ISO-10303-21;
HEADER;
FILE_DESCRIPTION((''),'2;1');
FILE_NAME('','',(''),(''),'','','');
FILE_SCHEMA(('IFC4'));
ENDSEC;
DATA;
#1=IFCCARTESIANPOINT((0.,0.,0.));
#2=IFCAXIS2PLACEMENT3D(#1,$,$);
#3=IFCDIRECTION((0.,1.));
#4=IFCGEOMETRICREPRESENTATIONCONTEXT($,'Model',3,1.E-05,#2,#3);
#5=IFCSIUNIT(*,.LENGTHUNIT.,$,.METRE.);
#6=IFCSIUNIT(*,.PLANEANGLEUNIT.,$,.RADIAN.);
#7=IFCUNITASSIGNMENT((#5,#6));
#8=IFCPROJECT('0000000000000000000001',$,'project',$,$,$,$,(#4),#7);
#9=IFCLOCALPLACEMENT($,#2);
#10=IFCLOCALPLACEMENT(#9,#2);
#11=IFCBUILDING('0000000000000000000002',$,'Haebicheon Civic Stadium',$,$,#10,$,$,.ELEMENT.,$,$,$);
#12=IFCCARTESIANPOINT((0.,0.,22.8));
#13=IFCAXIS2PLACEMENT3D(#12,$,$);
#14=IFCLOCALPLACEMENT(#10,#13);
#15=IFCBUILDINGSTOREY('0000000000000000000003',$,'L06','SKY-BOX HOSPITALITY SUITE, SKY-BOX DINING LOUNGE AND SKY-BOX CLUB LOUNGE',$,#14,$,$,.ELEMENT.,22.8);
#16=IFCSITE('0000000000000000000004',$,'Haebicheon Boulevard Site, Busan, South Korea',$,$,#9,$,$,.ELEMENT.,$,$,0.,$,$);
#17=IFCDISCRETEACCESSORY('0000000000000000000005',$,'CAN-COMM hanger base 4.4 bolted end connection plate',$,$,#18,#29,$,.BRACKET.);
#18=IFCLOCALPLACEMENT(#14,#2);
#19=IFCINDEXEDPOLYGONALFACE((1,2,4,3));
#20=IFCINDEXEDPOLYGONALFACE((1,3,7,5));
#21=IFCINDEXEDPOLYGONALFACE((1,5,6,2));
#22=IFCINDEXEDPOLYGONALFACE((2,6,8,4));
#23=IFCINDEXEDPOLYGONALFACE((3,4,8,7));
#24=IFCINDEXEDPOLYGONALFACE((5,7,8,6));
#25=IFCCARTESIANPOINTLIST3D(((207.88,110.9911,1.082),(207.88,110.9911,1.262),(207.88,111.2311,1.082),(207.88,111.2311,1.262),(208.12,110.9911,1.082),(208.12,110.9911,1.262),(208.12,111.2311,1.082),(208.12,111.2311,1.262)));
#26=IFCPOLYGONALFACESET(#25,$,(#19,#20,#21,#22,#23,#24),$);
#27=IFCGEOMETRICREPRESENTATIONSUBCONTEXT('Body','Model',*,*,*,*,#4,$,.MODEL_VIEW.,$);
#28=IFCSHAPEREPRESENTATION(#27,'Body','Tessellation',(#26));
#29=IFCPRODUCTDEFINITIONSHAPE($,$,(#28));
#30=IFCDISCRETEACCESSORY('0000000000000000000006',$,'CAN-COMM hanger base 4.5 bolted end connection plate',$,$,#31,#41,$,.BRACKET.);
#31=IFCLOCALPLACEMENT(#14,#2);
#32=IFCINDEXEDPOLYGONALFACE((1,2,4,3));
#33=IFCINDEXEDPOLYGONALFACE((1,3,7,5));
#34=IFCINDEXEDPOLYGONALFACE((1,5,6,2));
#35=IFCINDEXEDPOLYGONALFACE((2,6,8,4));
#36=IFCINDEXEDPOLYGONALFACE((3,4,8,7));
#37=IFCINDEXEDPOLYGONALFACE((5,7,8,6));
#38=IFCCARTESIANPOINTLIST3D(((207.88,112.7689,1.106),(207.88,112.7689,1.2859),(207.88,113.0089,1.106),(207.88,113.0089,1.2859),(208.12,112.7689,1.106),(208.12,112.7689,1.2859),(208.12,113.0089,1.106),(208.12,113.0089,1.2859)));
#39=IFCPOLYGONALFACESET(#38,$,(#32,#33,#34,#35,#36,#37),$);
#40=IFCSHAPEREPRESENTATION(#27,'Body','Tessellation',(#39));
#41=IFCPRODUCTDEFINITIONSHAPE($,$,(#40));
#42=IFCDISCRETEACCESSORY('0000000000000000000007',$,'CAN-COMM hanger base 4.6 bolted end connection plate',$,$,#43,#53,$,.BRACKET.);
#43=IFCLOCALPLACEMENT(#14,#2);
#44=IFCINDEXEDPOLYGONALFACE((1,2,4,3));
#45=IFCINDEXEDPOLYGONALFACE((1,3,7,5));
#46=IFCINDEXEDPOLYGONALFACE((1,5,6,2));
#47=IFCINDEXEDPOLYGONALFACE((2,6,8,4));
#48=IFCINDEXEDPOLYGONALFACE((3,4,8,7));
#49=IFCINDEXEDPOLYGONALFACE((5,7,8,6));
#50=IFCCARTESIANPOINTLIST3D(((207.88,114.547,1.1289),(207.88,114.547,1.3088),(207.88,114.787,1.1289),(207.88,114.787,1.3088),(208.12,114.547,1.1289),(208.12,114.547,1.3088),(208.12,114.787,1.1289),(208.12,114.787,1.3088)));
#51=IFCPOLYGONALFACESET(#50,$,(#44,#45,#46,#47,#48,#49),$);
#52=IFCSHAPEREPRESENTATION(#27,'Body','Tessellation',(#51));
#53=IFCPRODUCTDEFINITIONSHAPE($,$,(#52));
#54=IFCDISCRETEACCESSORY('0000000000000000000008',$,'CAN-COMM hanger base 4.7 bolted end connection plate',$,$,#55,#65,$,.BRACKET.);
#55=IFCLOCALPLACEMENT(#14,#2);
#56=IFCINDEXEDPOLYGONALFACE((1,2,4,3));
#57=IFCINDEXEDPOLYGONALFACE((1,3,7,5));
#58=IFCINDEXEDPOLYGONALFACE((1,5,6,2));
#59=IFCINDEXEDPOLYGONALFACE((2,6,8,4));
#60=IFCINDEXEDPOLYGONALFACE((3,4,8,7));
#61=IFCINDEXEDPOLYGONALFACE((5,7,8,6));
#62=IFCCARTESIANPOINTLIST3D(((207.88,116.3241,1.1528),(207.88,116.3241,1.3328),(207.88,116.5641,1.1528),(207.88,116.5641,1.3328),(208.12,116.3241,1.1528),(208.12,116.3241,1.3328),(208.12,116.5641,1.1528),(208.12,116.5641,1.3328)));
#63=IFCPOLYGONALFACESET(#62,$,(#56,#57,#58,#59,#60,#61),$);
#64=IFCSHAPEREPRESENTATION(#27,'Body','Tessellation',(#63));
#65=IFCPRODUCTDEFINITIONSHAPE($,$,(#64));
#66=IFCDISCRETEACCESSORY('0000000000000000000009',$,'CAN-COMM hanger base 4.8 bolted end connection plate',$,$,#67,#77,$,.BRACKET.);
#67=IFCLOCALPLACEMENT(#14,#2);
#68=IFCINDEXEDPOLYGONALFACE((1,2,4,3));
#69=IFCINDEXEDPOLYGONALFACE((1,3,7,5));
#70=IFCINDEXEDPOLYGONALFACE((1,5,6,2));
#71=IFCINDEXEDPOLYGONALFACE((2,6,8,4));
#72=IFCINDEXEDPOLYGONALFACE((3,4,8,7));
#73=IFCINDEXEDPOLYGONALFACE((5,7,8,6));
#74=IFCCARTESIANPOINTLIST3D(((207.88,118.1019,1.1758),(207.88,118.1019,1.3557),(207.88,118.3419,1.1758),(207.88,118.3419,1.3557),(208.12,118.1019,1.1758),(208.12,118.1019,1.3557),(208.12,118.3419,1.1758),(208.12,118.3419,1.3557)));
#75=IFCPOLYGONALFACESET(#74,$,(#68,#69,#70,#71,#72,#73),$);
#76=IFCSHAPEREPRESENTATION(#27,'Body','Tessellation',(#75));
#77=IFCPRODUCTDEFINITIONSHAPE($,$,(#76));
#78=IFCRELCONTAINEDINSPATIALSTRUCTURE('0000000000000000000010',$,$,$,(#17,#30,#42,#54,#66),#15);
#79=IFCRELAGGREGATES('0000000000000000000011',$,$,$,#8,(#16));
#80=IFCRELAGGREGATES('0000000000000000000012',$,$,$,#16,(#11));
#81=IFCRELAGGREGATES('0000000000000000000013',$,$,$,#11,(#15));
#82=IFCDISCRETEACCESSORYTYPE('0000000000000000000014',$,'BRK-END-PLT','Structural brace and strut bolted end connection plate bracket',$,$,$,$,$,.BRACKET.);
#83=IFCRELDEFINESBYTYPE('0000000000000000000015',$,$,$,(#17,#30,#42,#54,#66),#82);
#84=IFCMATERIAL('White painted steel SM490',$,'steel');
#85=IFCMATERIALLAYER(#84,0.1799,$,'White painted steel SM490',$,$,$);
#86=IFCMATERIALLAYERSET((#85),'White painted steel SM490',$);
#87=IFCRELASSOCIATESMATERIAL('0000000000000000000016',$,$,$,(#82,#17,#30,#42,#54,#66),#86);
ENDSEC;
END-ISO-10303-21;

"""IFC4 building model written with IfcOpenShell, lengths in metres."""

from ifc_helpers import new_model, si_unit, direction, frame, origin, origin_2d, place, context, subcontext, project, spatial, rectangle, extrude, material, layer, layer_set, type_object, element, save


model = new_model("IFC4")

# Units and contexts
model_context = context("Model", 3, precision=1e-05, world=origin(), true_north=direction((0.0, 1.0)))
body_context = subcontext(model_context, "Body", "Model", "MODEL_VIEW")
ifc_project = project(units=[si_unit("LENGTHUNIT", "METRE"), si_unit("PLANEANGLEUNIT", "RADIAN")], contexts=[model_context])

# Site, building, storey
site_placement = place(None, origin())
site = spatial("IfcSite", under=ifc_project, at=site_placement, Name="Haebicheon Boulevard Site, Busan, South Korea", CompositionType="ELEMENT", RefElevation=0.0)
building_placement = place(site_placement, origin())
building = spatial("IfcBuilding", under=site, at=building_placement, Name="Haebicheon Civic Stadium", CompositionType="ELEMENT")
storey_placement = place(building_placement, frame((0.0, 0.0, 22.8)))
storey = spatial("IfcBuildingStorey", under=building, at=storey_placement, Name="L06", Description="SKY-BOX HOSPITALITY SUITE, SKY-BOX DINING LOUNGE AND SKY-BOX CLUB LOUNGE", CompositionType="ELEMENT", Elevation=22.8)

# Discrete accessories
ifc_material_1 = material(Name="White painted steel SM490", Category="steel")
ifc_layer_1 = layer(ifc_material_1, 0.1799, Name="White painted steel SM490")
ifc_layer_set_1 = layer_set([ifc_layer_1], Name="White painted steel SM490")
discrete_accessory_type = type_object("IfcDiscreteAccessoryType", Name="BRK-END-PLT", Description="Structural brace and strut bolted end connection plate bracket", PredefinedType="BRACKET", material=ifc_layer_set_1)
for number, where, z_axis, x_axis, name in (
    (1, (208.0, 111.1111, 1.082), (0.0, 0.0, 1.0), (1.0, 0.0, 0.0), "CAN-COMM hanger base 4.4 bolted end connection plate"),
    (2, (208.0, 112.8889, 1.106), (0.0, 0.0, 1.0), (1.0, 0.0, 0.0), "CAN-COMM hanger base 4.5 bolted end connection plate"),
    (3, (208.0, 114.667, 1.1289), (0.0, 0.0, 1.0), (1.0, 0.0, 0.0), "CAN-COMM hanger base 4.6 bolted end connection plate"),
    (4, (208.0, 116.4441, 1.1528), (0.0, 0.0, 1.0), (1.0, 0.0, 0.0), "CAN-COMM hanger base 4.7 bolted end connection plate"),
    (5, (208.0, 118.2219, 1.1758), (0.0, 0.0, 1.0), (1.0, 0.0, 0.0), "CAN-COMM hanger base 4.8 bolted end connection plate"),
):
    element("IfcDiscreteAccessory", number, at=place(storey_placement, frame(where, z_axis=z_axis, x_axis=x_axis)), inside=storey, type_object=discrete_accessory_type, material=ifc_layer_set_1, Name=name, PredefinedType="BRACKET", context=body_context, shape_type="SweptSolid", body=[
        extrude(rectangle(XDim=0.24, YDim=0.24, at=origin_2d()), origin(), (0.0, 0.0, 1.0), 0.1799),
    ])

save(model, "model.ifc")
